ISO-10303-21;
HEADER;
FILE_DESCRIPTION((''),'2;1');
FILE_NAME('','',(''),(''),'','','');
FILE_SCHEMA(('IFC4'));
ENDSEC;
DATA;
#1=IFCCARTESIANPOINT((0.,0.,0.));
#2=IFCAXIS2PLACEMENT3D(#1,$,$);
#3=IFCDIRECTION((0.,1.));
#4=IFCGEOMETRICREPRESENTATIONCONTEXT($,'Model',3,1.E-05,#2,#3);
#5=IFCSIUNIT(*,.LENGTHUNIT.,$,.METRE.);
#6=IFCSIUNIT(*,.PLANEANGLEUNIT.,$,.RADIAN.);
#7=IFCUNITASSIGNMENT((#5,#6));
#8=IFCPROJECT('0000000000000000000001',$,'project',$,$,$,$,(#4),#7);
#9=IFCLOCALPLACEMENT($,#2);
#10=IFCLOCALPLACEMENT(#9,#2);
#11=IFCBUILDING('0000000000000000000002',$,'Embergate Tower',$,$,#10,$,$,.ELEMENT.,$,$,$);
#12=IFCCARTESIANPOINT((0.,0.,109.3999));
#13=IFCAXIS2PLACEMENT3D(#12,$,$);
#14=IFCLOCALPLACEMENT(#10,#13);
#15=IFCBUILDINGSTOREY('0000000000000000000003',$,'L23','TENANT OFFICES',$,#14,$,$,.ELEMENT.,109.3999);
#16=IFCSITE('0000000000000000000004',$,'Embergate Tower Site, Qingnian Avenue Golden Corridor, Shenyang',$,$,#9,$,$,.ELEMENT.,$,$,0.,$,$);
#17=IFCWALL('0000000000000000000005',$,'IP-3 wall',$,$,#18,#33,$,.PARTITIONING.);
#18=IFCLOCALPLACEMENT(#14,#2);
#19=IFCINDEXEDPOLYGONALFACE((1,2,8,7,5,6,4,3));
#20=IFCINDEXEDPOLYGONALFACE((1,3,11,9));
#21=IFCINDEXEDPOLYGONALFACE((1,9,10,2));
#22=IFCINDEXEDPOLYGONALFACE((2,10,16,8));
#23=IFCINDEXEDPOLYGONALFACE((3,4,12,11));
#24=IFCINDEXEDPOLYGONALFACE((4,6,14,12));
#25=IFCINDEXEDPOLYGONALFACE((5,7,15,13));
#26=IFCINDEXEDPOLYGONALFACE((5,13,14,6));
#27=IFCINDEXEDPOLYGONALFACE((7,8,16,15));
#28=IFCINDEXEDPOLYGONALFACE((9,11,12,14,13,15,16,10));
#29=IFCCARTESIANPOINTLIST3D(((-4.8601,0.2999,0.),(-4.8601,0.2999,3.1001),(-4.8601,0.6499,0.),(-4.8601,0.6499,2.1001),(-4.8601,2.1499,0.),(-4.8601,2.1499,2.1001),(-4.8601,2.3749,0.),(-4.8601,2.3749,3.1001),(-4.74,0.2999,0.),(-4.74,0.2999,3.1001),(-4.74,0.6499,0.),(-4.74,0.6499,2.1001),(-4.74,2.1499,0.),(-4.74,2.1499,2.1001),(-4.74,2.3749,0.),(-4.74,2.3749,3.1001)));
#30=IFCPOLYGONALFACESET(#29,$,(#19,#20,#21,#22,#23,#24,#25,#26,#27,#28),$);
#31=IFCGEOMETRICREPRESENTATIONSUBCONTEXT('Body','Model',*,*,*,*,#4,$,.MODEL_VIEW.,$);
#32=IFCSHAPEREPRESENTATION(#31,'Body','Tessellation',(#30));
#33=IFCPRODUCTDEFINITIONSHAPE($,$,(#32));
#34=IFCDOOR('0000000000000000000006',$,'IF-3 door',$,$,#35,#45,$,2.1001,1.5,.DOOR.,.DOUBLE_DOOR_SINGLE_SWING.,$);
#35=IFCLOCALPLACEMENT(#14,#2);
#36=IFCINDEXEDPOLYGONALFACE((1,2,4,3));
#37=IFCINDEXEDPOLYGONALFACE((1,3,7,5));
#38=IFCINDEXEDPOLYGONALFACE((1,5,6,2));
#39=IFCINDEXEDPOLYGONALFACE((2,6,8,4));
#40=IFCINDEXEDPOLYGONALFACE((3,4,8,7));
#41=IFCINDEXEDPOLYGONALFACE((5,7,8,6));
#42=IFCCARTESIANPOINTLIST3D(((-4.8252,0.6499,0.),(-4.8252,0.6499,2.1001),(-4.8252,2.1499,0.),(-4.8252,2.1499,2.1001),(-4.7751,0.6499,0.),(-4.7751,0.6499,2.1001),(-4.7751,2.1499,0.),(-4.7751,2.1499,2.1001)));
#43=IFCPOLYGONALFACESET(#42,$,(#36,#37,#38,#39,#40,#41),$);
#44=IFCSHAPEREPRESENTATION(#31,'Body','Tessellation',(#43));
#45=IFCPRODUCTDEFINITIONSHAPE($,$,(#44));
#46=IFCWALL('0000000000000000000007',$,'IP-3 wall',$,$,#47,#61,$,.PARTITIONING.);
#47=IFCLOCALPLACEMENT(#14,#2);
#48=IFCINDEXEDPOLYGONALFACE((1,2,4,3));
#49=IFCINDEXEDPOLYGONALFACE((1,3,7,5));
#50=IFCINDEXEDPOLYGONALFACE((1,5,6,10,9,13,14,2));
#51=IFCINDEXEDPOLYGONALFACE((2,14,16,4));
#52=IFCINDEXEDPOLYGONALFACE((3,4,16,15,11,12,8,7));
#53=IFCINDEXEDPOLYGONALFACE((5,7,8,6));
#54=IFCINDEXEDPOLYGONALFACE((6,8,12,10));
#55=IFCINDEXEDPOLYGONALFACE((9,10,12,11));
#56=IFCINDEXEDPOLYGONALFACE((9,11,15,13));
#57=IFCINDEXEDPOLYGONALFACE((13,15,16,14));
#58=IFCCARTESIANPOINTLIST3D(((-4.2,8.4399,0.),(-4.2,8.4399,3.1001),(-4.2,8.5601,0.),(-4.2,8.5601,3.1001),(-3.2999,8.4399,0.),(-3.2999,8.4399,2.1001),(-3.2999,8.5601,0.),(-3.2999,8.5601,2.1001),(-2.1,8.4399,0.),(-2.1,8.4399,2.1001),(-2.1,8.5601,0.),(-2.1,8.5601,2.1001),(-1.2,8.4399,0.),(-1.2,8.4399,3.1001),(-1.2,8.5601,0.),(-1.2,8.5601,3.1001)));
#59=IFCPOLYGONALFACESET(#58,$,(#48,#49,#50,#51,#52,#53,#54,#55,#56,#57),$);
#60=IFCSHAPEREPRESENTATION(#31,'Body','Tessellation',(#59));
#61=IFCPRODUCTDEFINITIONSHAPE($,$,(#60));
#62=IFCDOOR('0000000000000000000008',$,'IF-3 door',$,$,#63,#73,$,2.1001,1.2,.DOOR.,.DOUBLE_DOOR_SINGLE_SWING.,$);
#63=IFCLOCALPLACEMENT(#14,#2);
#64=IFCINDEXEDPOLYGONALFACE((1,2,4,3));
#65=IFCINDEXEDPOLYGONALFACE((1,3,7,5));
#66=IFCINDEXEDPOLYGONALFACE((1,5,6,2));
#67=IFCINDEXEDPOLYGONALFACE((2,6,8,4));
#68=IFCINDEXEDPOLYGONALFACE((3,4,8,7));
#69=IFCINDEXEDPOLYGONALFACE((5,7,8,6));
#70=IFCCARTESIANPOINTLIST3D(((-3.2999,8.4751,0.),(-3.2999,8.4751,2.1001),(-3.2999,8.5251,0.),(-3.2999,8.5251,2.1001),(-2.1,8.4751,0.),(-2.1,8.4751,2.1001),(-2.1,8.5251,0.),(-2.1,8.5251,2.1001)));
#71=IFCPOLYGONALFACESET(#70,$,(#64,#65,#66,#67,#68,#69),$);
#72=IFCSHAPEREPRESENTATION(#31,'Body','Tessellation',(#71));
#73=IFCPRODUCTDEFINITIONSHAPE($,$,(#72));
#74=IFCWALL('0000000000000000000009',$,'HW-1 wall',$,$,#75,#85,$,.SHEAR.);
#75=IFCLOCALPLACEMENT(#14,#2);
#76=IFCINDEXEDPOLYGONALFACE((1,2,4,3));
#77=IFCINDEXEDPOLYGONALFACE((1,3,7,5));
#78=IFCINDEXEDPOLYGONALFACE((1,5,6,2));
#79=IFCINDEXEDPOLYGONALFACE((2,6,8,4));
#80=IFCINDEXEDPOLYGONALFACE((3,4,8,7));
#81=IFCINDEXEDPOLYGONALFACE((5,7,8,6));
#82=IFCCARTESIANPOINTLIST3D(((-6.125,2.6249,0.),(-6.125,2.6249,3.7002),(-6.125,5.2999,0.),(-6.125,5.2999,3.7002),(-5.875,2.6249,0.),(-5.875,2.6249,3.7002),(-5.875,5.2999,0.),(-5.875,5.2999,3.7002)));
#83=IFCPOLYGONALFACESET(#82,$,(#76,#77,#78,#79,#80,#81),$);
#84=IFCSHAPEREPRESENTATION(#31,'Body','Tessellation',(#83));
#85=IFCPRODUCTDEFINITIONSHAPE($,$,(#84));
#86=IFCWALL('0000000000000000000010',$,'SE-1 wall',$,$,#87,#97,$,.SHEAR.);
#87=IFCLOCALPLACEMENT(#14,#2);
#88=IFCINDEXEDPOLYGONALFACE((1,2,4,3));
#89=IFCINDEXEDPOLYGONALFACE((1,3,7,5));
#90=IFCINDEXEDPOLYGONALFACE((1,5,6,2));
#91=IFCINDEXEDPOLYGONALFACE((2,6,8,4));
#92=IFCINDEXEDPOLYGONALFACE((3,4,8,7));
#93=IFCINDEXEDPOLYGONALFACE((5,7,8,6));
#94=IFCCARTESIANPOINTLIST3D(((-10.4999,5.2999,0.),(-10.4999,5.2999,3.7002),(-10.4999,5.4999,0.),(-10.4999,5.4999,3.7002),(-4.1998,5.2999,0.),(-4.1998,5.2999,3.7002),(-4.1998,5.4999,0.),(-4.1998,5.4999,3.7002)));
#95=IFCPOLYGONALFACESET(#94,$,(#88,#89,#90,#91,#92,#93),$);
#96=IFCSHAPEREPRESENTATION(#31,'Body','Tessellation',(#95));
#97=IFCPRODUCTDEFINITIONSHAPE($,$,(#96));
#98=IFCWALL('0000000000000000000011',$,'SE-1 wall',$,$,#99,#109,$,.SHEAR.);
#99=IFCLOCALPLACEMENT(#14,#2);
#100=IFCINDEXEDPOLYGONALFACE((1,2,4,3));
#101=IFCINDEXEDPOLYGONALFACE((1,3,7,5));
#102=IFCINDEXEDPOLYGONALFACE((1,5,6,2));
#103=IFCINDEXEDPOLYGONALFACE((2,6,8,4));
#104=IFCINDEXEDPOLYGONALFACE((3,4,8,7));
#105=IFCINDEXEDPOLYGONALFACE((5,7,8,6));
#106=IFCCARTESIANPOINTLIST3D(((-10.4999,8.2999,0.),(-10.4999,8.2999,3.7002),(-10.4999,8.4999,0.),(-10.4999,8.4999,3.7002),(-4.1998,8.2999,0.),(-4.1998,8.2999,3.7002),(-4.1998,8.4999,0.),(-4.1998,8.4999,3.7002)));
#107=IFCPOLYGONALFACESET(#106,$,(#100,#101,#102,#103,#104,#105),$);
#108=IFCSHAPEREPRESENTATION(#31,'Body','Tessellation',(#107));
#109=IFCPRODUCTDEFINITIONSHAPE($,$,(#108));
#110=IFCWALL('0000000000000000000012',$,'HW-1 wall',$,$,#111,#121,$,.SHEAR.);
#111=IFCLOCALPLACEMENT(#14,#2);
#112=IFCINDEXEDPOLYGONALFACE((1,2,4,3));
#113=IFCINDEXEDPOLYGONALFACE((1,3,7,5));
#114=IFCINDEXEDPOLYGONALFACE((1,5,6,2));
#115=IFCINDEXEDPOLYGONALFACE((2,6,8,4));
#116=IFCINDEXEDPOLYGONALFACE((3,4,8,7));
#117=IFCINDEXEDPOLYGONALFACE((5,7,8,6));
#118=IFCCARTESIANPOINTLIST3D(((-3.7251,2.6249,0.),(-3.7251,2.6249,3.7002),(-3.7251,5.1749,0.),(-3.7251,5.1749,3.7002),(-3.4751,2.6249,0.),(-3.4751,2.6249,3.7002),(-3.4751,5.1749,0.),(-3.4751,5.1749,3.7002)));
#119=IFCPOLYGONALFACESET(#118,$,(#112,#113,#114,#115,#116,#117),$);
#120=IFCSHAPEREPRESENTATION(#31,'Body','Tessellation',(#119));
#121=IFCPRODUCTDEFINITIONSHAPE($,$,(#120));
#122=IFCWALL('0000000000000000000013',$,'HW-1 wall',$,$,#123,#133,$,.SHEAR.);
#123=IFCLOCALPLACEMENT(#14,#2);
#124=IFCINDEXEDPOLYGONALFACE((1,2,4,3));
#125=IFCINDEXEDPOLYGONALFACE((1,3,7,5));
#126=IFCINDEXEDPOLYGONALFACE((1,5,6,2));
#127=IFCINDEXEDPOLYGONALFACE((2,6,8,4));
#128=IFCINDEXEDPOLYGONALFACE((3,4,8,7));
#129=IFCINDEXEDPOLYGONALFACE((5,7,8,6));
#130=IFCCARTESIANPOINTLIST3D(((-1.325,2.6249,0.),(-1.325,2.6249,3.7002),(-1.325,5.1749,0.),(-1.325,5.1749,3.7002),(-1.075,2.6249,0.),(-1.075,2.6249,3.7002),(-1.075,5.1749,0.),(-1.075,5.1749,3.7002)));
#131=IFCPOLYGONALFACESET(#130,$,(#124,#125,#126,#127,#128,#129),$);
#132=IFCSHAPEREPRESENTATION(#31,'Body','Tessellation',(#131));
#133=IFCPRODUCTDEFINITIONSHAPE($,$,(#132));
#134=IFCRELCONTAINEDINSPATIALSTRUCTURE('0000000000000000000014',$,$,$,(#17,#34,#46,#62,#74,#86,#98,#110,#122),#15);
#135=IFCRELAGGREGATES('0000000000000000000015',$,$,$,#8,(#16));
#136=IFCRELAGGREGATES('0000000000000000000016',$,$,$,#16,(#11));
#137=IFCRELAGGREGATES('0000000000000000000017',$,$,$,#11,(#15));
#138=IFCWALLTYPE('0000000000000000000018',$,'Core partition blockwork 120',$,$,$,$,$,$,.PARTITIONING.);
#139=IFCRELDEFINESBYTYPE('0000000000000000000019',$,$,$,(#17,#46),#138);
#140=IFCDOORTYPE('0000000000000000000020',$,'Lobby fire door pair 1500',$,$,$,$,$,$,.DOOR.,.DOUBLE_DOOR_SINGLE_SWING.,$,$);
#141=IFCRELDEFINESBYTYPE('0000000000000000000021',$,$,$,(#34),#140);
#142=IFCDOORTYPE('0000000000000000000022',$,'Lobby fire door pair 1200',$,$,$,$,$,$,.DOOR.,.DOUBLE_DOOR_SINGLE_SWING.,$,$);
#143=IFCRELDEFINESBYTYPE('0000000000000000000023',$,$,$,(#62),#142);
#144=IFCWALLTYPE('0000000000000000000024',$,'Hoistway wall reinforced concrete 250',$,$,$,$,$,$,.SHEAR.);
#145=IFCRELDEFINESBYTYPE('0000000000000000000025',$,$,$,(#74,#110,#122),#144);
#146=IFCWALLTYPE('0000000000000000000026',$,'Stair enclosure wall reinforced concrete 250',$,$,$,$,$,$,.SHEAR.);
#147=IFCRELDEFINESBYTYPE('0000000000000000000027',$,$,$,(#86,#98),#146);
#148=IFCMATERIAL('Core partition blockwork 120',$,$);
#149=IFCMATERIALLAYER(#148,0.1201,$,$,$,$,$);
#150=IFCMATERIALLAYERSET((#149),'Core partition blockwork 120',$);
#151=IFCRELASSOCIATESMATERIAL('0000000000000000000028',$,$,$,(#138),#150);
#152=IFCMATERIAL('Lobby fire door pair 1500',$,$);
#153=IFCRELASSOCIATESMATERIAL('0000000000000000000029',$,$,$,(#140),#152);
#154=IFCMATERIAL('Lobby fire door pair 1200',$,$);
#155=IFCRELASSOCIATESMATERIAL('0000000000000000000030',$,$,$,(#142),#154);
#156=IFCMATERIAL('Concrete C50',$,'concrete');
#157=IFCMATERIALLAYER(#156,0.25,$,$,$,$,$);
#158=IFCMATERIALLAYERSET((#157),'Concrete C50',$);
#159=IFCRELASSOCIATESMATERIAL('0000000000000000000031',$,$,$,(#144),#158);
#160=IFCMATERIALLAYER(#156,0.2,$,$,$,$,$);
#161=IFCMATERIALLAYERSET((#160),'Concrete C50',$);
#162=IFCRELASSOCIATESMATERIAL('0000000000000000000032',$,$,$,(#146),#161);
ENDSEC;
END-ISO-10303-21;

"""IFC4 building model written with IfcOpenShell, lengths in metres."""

from ifc_helpers import new_model, si_unit, direction, frame, frame_2d, origin, place, context, subcontext, project, spatial, rectangle, extrude, source, transform, mapped, material, layer, layer_set, type_object, element, fill, save


model = new_model("IFC4")

# Units and contexts
model_context = context("Model", 3, precision=1e-05, world=origin(), true_north=direction((0.0, 1.0)))
body_context = subcontext(model_context, "Body", "Model", "MODEL_VIEW")
ifc_project = project(units=[si_unit("LENGTHUNIT", "METRE"), si_unit("PLANEANGLEUNIT", "RADIAN")], contexts=[model_context])

# Site, building, storey
site_placement = place(None, origin())
site = spatial("IfcSite", under=ifc_project, at=site_placement, Name="Embergate Tower Site, Qingnian Avenue Golden Corridor, Shenyang", CompositionType="ELEMENT", RefElevation=0.0)
building_placement = place(site_placement, origin())
building = spatial("IfcBuilding", under=site, at=building_placement, Name="Embergate Tower", CompositionType="ELEMENT")
storey_placement = place(building_placement, frame((0.0, 0.0, 109.3999)))
storey = spatial("IfcBuildingStorey", under=building, at=storey_placement, Name="L23", Description="TENANT OFFICES", CompositionType="ELEMENT", Elevation=109.3999)

# Walls, openings, doors
ifc_material_1 = material(Name="Core partition blockwork 120")
ifc_layer_1 = layer(ifc_material_1, 0.1201)
ifc_layer_set_1 = layer_set([ifc_layer_1], Name="Core partition blockwork 120")
wall_type_1 = type_object("IfcWallType", Name="Core partition blockwork 120", PredefinedType="PARTITIONING", material=ifc_layer_set_1)
shared_shape_1 = source(origin(), body_context, "Body", "SweptSolid", [
    extrude(rectangle(XDim=2.075, YDim=0.1201, at=frame_2d((1.0376, 0.0))), origin(), (0.0, 0.0, 1.0), 3.1001),
])
wall_1_placement = place(storey_placement, frame((-4.8, 2.375, 0.0), z_axis=(0.0, 0.0, 1.0), x_axis=(0.0, -1.0, 0.0)))
wall_1 = element("IfcWall", 1, at=wall_1_placement, inside=storey, type_object=wall_type_1, Name="IP-3 wall", PredefinedType="PARTITIONING", context=body_context, shape_type="MappedRepresentation", body=[
    mapped(shared_shape_1, transform((0.0, 0.0, 0.0))),
])
shared_shape_2 = source(origin(), body_context, "Body", "SweptSolid", [
    extrude(rectangle(XDim=1.5, YDim=2.1001, at=frame_2d((0.75, 1.05))), frame((0.0, 0.0701, 0.0), z_axis=(0.0, -1.0, 0.0), x_axis=(1.0, 0.0, 0.0)), (0.0, 0.0, 1.0), 0.1401),
])
opening_1_placement = place(wall_1_placement, frame((0.2251, 0.0, 0.0)))
opening_1 = element("IfcOpeningElement", 2, at=opening_1_placement, cuts=wall_1, PredefinedType="OPENING", context=body_context, shape_type="MappedRepresentation", body=[
    mapped(shared_shape_2, transform((0.0, 0.0, 0.0))),
])
ifc_material_2 = material(Name="Lobby fire door pair 1500")
door_type_1 = type_object("IfcDoorType", Name="Lobby fire door pair 1500", OperationType="DOUBLE_DOOR_SINGLE_SWING", PredefinedType="DOOR", material=ifc_material_2)
shared_shape_3 = source(origin(), body_context, "Body", "SweptSolid", [
    extrude(rectangle(XDim=1.5, YDim=2.1001, at=frame_2d((0.75, 1.05))), frame((0.0, 0.0249, 0.0), z_axis=(0.0, -1.0, 0.0), x_axis=(1.0, 0.0, 0.0)), (0.0, 0.0, 1.0), 0.05),
])
door_1_placement = place(opening_1_placement, origin())
door_1 = element("IfcDoor", 3, at=door_1_placement, inside=storey, type_object=door_type_1, Name="IF-3 door", OperationType="DOUBLE_DOOR_SINGLE_SWING", OverallHeight=2.1001, OverallWidth=1.5, PredefinedType="DOOR", context=body_context, shape_type="MappedRepresentation", body=[
    mapped(shared_shape_3, transform((0.0, 0.0, 0.0))),
])
fill(opening_1, door_1)
shared_shape_4 = source(origin(), body_context, "Body", "SweptSolid", [
    extrude(rectangle(XDim=3.0, YDim=0.1201, at=frame_2d((1.5, 0.0))), origin(), (0.0, 0.0, 1.0), 3.1001),
])
wall_2_placement = place(storey_placement, frame((-1.2, 8.5, 0.0), z_axis=(0.0, 0.0, 1.0), x_axis=(-1.0, 0.0, 0.0)))
wall_2 = element("IfcWall", 4, at=wall_2_placement, inside=storey, type_object=wall_type_1, Name="IP-3 wall", PredefinedType="PARTITIONING", context=body_context, shape_type="MappedRepresentation", body=[
    mapped(shared_shape_4, transform((0.0, 0.0, 0.0))),
])
shared_shape_5 = source(origin(), body_context, "Body", "SweptSolid", [
    extrude(rectangle(XDim=1.2, YDim=2.1001, at=frame_2d((0.6001, 1.05))), frame((0.0, 0.0701, 0.0), z_axis=(0.0, -1.0, 0.0), x_axis=(1.0, 0.0, 0.0)), (0.0, 0.0, 1.0), 0.1401),
])
opening_2_placement = place(wall_2_placement, frame((0.8999, 0.0, 0.0)))
opening_2 = element("IfcOpeningElement", 5, at=opening_2_placement, cuts=wall_2, PredefinedType="OPENING", context=body_context, shape_type="MappedRepresentation", body=[
    mapped(shared_shape_5, transform((0.0, 0.0, 0.0))),
])
ifc_material_3 = material(Name="Lobby fire door pair 1200")
door_type_2 = type_object("IfcDoorType", Name="Lobby fire door pair 1200", OperationType="DOUBLE_DOOR_SINGLE_SWING", PredefinedType="DOOR", material=ifc_material_3)
shared_shape_6 = source(origin(), body_context, "Body", "SweptSolid", [
    extrude(rectangle(XDim=1.2, YDim=2.1001, at=frame_2d((0.6001, 1.05))), frame((0.0, 0.0249, 0.0), z_axis=(0.0, -1.0, 0.0), x_axis=(1.0, 0.0, 0.0)), (0.0, 0.0, 1.0), 0.05),
])
door_2_placement = place(opening_2_placement, origin())
door_2 = element("IfcDoor", 6, at=door_2_placement, inside=storey, type_object=door_type_2, Name="IF-3 door", OperationType="DOUBLE_DOOR_SINGLE_SWING", OverallHeight=2.1001, OverallWidth=1.2, PredefinedType="DOOR", context=body_context, shape_type="MappedRepresentation", body=[
    mapped(shared_shape_6, transform((0.0, 0.0, 0.0))),
])
fill(opening_2, door_2)

# Walls
ifc_material_4 = material(Name="Concrete C50", Category="concrete")
ifc_layer_2 = layer(ifc_material_4, 0.25)
ifc_layer_set_2 = layer_set([ifc_layer_2], Name="Concrete C50")
wall_type_2 = type_object("IfcWallType", Name="Hoistway wall reinforced concrete 250", PredefinedType="SHEAR", material=ifc_layer_set_2)
shared_shape_7 = source(origin(), body_context, "Body", "SweptSolid", [
    extrude(rectangle(XDim=2.675, YDim=0.25, at=frame_2d((1.3374, 0.0))), origin(), (0.0, 0.0, 1.0), 3.7002),
])
wall_3_placement = place(storey_placement, frame((-6.0, 2.625, 0.0), z_axis=(0.0, 0.0, 1.0), x_axis=(0.0, 1.0, 0.0)))
element("IfcWall", 7, at=wall_3_placement, inside=storey, type_object=wall_type_2, Name="HW-1 wall", PredefinedType="SHEAR", context=body_context, shape_type="MappedRepresentation", body=[
    mapped(shared_shape_7, transform((0.0, 0.0, 0.0))),
])
ifc_layer_3 = layer(ifc_material_4, 0.2)
ifc_layer_set_3 = layer_set([ifc_layer_3], Name="Concrete C50")
wall_type_3 = type_object("IfcWallType", Name="Stair enclosure wall reinforced concrete 250", PredefinedType="SHEAR", material=ifc_layer_set_3)
shared_shape_8 = source(origin(), body_context, "Body", "SweptSolid", [
    extrude(rectangle(XDim=6.3, YDim=0.2, at=frame_2d((3.1499, 0.0))), origin(), (0.0, 0.0, 1.0), 3.7002),
])
for number, where, z_axis, x_axis, name in (
    (8, (-4.2, 5.3999, 0.0), (0.0, 0.0, 1.0), (-1.0, 0.0, 0.0), "SE-1 wall"),
    (9, (-4.2, 8.3999, 0.0), (0.0, 0.0, 1.0), (-1.0, 0.0, 0.0), "SE-1 wall"),
):
    element("IfcWall", number, at=place(storey_placement, frame(where, z_axis=z_axis, x_axis=x_axis)), inside=storey, type_object=wall_type_3, Name=name, PredefinedType="SHEAR", context=body_context, shape_type="MappedRepresentation", body=[
        mapped(shared_shape_8, transform((0.0, 0.0, 0.0))),
    ])
shared_shape_9 = source(origin(), body_context, "Body", "SweptSolid", [
    extrude(rectangle(XDim=2.55, YDim=0.25, at=frame_2d((1.2749, 0.0))), origin(), (0.0, 0.0, 1.0), 3.7002),
])
for number, where, z_axis, x_axis, name in (
    (10, (-3.6001, 2.625, 0.0), (0.0, 0.0, 1.0), (0.0, 1.0, 0.0), "HW-1 wall"),
    (11, (-1.2, 2.625, 0.0), (0.0, 0.0, 1.0), (0.0, 1.0, 0.0), "HW-1 wall"),
):
    element("IfcWall", number, at=place(storey_placement, frame(where, z_axis=z_axis, x_axis=x_axis)), inside=storey, type_object=wall_type_2, Name=name, PredefinedType="SHEAR", context=body_context, shape_type="MappedRepresentation", body=[
        mapped(shared_shape_9, transform((0.0, 0.0, 0.0))),
    ])

save(model, "model.ifc")
